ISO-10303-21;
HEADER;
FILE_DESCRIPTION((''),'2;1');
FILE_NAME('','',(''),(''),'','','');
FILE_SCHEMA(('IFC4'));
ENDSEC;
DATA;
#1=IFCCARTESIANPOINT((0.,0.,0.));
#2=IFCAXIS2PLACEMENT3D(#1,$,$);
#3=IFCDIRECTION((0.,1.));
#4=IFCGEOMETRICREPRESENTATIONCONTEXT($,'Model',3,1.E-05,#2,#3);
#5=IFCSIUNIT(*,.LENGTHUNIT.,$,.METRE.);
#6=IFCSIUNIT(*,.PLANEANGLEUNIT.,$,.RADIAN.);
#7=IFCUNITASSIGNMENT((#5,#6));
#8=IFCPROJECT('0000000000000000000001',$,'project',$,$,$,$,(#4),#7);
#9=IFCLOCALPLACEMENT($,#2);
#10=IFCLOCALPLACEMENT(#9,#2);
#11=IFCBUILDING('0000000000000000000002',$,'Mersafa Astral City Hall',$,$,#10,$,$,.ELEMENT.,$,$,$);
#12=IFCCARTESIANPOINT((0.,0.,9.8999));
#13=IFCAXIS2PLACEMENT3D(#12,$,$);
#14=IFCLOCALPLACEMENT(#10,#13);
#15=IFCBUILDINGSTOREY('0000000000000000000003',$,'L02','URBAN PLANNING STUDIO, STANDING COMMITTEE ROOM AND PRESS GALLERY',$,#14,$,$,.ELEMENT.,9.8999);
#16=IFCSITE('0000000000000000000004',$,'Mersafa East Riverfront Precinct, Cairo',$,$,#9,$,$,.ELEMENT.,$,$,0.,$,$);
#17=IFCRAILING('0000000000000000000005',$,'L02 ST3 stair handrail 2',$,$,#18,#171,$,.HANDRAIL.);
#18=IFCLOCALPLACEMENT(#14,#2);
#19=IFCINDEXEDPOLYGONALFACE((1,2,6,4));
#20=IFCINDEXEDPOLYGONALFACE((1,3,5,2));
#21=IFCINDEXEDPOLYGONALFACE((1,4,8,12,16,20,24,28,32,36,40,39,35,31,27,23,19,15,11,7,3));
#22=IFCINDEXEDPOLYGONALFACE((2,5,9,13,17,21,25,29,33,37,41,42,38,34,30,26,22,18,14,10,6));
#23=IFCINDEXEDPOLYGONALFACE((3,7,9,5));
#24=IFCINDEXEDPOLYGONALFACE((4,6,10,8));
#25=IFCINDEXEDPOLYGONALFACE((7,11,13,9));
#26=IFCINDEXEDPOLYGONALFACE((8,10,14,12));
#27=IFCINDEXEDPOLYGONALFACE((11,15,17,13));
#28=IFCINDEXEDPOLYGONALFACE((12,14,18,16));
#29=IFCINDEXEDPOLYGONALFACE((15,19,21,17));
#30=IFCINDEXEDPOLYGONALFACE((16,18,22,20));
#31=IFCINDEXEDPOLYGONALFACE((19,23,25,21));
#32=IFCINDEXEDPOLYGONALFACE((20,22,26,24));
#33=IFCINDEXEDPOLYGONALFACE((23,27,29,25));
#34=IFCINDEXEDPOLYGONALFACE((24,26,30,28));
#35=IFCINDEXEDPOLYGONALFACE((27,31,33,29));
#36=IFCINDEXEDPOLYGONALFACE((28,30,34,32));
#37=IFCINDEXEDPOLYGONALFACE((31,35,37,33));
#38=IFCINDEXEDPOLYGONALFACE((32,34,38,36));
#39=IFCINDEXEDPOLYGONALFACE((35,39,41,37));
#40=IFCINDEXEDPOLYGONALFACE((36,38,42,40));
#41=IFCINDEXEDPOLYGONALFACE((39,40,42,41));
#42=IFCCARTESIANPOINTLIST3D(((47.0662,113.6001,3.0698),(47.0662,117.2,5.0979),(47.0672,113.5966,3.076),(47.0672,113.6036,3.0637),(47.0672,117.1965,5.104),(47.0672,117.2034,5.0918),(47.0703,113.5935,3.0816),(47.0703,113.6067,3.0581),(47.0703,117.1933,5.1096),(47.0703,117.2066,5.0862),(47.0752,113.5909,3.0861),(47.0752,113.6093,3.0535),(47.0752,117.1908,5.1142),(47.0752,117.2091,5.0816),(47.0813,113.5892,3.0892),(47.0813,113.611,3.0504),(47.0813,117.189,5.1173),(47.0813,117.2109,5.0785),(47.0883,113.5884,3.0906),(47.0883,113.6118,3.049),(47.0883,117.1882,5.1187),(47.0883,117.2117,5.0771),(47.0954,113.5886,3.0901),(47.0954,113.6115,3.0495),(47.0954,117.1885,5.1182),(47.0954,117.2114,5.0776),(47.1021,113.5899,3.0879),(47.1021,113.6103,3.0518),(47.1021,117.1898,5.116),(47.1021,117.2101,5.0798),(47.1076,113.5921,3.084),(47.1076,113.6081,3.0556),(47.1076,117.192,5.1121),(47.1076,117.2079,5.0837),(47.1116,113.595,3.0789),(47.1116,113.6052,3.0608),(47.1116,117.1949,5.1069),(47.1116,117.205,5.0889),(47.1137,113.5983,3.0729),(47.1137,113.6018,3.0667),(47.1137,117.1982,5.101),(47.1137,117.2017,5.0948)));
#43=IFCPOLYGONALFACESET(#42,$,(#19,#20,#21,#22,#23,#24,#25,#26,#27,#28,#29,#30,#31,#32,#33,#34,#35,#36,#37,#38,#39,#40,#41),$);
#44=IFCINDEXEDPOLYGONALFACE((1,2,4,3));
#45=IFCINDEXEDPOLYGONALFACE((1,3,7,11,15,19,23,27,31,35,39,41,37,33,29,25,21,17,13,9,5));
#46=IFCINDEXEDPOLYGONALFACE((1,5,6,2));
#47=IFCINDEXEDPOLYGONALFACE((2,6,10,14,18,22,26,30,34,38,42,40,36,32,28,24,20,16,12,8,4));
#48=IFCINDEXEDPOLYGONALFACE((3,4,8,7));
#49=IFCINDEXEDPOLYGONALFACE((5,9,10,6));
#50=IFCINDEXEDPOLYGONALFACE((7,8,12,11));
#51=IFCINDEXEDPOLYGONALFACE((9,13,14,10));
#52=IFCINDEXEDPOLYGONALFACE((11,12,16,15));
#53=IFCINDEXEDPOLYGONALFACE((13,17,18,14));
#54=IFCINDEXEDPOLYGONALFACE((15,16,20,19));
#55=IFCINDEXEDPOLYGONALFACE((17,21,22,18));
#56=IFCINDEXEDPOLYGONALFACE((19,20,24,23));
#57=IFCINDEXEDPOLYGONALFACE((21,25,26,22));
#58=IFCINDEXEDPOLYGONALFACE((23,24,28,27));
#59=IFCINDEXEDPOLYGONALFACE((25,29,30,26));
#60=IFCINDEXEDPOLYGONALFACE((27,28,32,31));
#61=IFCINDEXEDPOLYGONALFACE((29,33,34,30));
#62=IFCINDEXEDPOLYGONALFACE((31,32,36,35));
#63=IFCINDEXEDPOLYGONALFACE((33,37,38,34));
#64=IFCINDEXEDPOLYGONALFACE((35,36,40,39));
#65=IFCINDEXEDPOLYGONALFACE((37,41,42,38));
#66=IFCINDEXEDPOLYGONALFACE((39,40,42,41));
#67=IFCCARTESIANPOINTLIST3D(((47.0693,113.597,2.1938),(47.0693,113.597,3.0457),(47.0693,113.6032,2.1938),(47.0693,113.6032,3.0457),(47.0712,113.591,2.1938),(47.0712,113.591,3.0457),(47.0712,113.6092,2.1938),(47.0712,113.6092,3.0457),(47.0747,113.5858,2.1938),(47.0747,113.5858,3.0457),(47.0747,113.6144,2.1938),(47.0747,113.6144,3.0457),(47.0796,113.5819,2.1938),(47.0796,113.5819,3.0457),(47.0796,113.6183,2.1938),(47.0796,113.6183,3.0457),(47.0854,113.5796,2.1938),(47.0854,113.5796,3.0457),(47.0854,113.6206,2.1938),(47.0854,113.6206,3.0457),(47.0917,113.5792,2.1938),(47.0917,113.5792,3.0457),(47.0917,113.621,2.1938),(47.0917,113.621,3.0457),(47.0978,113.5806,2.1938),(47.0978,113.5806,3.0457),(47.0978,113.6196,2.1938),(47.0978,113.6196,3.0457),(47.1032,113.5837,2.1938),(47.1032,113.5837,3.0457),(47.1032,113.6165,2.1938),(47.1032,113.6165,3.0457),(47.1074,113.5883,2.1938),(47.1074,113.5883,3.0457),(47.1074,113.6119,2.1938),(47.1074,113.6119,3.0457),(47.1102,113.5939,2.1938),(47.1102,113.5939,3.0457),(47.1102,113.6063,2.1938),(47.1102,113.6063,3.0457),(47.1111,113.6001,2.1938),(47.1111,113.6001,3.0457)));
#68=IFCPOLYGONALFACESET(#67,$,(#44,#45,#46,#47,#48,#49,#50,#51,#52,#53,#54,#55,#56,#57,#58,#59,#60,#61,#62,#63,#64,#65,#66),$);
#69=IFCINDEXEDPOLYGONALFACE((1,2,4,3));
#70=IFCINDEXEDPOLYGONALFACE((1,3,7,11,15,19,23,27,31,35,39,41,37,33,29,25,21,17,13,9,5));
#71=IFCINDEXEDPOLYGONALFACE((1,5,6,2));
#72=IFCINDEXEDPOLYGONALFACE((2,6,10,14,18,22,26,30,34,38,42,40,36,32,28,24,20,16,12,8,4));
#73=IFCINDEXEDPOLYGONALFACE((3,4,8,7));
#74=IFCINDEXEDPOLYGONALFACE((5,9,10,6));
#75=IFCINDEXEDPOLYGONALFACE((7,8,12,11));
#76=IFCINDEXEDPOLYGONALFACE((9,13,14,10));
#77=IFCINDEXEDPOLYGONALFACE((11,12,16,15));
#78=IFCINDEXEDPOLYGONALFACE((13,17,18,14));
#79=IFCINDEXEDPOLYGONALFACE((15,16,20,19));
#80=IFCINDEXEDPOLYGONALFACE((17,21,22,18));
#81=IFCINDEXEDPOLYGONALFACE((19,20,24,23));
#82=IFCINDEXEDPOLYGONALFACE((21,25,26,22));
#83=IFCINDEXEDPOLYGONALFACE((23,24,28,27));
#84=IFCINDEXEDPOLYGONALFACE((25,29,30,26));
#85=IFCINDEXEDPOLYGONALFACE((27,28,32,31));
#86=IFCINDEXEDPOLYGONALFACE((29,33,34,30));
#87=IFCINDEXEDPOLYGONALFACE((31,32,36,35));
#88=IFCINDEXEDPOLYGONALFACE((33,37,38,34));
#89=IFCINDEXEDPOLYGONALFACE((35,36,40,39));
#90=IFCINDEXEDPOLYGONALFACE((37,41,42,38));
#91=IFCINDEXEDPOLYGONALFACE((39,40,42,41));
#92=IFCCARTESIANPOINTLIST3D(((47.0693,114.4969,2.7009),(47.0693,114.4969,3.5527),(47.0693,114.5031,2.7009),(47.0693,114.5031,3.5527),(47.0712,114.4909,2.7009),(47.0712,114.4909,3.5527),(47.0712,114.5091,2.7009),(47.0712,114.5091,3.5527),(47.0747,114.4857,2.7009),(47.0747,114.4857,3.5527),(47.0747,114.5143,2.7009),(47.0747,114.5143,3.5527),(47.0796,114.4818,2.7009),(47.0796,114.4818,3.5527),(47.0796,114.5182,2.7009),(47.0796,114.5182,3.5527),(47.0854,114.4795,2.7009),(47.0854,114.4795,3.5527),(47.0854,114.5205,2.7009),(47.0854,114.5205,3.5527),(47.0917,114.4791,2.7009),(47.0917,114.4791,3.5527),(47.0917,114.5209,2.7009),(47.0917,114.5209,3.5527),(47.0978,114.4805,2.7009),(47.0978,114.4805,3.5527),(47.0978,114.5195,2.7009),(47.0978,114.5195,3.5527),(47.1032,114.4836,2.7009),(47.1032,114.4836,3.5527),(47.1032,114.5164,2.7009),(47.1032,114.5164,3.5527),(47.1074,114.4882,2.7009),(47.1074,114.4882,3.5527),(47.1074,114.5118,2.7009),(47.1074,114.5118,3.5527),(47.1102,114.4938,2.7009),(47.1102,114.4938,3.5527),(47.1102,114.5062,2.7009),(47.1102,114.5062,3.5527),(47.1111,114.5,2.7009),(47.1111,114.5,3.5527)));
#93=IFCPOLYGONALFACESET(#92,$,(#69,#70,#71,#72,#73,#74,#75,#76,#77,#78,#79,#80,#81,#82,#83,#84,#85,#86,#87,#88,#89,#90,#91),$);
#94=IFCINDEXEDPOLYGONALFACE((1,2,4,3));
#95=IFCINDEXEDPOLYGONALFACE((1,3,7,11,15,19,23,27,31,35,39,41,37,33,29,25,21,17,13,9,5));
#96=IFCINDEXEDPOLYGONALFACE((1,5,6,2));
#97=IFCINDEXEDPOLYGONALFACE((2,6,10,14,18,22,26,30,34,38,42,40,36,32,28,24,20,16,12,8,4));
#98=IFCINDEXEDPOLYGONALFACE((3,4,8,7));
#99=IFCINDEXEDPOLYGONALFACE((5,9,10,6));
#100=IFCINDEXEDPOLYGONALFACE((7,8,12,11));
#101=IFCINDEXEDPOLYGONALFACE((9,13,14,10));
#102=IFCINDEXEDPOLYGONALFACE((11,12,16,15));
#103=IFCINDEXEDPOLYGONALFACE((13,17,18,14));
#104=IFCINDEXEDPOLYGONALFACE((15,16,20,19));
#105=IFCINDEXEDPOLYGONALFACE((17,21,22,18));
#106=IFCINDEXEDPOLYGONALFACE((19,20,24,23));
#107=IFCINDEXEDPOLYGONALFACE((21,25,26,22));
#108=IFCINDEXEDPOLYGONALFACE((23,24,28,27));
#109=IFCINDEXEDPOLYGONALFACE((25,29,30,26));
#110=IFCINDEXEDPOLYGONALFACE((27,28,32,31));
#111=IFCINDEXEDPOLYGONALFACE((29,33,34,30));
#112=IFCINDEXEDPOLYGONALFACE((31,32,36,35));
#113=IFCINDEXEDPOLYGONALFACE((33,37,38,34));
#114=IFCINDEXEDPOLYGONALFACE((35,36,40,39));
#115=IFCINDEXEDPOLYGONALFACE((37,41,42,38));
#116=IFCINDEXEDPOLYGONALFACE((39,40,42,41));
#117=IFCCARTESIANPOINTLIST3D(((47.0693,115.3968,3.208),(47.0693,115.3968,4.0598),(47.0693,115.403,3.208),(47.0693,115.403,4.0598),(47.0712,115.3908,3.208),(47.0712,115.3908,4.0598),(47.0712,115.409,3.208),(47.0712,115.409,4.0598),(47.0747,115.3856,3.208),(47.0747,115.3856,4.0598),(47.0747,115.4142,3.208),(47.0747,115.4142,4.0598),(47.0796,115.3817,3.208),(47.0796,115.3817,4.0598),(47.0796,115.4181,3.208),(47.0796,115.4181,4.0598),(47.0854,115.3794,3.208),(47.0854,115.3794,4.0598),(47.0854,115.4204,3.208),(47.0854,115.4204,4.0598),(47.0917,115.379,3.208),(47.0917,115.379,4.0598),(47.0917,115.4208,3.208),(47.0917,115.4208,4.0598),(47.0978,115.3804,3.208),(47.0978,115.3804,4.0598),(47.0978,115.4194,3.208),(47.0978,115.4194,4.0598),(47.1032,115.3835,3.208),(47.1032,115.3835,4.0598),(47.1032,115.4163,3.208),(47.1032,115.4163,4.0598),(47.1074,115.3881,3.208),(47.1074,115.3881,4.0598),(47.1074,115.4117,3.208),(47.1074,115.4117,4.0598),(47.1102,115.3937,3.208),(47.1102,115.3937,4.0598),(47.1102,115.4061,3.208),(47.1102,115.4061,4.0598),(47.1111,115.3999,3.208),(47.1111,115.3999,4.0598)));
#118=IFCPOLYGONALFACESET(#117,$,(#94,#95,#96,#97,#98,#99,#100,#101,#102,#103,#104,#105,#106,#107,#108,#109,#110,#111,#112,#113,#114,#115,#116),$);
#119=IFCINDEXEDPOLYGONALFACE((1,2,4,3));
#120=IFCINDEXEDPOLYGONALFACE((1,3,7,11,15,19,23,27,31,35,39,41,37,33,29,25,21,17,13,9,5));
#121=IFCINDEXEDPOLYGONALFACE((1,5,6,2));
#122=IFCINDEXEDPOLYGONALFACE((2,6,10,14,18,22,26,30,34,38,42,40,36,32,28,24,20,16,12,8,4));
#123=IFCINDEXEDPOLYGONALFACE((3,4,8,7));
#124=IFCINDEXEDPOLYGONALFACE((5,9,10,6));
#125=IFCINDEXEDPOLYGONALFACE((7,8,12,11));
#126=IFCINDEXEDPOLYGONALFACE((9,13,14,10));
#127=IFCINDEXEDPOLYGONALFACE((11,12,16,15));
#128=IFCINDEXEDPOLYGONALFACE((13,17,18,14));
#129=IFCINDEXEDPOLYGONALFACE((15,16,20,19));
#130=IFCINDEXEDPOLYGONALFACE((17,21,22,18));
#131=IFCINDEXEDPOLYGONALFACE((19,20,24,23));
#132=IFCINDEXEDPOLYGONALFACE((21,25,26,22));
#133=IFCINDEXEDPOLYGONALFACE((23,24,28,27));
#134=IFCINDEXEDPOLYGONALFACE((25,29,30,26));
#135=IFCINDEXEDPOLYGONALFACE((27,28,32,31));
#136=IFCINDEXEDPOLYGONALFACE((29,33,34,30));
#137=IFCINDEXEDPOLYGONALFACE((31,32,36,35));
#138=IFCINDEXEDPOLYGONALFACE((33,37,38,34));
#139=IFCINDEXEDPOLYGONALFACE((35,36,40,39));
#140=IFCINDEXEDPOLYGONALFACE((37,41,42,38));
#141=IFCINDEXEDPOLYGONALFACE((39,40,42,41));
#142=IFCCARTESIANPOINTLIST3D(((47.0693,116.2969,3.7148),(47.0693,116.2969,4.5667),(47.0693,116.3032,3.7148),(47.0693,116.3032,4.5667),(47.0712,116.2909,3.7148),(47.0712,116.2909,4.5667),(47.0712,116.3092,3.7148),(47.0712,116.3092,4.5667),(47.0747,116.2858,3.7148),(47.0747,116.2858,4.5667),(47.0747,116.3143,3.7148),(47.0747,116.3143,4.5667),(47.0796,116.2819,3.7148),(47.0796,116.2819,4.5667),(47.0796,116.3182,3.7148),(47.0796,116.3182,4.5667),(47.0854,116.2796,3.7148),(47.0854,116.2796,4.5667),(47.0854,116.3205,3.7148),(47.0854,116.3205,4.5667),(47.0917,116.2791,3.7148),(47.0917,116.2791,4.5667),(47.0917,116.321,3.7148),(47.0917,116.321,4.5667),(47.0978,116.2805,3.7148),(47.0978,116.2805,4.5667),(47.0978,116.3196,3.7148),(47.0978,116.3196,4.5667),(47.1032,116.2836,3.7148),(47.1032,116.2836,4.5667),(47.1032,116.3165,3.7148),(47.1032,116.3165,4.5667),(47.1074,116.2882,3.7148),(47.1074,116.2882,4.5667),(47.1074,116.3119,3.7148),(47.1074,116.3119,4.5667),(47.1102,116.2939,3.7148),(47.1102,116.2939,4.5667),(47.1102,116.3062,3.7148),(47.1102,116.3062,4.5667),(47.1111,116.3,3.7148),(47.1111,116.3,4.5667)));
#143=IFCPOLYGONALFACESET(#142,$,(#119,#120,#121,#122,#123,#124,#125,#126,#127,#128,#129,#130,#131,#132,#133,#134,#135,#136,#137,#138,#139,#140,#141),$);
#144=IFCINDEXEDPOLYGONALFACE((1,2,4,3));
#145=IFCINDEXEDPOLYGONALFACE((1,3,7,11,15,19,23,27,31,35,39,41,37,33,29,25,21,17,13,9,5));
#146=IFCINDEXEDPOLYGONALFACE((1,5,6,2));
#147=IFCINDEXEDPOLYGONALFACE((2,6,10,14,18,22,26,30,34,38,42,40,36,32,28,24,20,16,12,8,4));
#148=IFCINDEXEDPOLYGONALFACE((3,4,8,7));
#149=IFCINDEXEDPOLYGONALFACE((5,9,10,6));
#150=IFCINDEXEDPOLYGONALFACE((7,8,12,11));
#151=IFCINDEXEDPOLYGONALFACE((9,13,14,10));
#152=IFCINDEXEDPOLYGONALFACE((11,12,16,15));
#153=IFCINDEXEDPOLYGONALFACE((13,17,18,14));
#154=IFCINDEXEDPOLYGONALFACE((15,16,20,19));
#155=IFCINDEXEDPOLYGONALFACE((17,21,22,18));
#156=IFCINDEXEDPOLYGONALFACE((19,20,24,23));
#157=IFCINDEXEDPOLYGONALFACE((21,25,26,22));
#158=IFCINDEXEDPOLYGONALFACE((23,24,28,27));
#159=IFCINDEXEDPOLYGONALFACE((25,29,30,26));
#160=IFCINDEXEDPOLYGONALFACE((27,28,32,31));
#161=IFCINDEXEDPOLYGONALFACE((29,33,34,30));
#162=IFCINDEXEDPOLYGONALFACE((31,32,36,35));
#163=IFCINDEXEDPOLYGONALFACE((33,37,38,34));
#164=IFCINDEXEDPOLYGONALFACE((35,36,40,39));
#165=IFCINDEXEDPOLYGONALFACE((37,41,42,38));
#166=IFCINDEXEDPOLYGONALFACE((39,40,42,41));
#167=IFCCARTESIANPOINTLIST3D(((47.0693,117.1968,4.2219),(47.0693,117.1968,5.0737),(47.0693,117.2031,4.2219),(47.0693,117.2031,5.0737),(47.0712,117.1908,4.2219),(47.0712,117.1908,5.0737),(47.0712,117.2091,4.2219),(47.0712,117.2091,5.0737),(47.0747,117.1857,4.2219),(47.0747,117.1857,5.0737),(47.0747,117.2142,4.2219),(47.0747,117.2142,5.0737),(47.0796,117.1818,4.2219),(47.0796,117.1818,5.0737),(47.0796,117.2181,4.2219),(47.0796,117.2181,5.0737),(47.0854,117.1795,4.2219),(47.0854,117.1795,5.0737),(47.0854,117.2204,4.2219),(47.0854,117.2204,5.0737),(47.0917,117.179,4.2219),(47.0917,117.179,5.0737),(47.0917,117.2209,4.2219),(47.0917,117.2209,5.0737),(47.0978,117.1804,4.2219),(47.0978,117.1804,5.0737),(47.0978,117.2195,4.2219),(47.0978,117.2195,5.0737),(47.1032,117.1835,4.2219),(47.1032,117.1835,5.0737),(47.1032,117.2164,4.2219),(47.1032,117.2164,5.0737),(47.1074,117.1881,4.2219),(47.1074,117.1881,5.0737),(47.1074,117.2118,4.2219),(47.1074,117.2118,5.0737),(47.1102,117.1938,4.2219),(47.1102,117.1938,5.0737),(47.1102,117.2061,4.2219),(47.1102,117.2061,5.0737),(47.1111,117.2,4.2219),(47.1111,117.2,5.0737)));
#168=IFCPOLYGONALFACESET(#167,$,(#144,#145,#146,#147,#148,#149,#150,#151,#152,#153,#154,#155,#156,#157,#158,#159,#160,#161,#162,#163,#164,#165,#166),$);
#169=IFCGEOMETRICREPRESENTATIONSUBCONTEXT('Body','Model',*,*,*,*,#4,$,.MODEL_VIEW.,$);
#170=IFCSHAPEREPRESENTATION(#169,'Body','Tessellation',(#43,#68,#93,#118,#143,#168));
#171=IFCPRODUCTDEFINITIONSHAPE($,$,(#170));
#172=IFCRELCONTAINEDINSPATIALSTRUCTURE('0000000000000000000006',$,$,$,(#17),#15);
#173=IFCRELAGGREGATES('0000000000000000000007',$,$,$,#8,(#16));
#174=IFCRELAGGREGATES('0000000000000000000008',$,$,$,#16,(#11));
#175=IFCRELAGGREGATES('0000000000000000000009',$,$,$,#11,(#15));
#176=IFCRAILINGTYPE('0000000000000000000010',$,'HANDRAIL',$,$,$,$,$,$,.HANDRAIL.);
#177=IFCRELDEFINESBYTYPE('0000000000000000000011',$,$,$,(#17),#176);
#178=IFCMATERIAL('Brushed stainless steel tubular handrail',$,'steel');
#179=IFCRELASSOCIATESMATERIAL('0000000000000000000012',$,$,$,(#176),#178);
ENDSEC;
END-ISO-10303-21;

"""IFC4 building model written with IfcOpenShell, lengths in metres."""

from ifc_helpers import new_model, si_unit, direction, frame, origin, origin_2d, place, context, subcontext, project, spatial, circle, extrude, material, type_object, element, save


model = new_model("IFC4")

# Units and contexts
model_context = context("Model", 3, precision=1e-05, world=origin(), true_north=direction((0.0, 1.0)))
body_context = subcontext(model_context, "Body", "Model", "MODEL_VIEW")
ifc_project = project(units=[si_unit("LENGTHUNIT", "METRE"), si_unit("PLANEANGLEUNIT", "RADIAN")], contexts=[model_context])

# Site, building, storey
site_placement = place(None, origin())
site = spatial("IfcSite", under=ifc_project, at=site_placement, Name="Mersafa East Riverfront Precinct, Cairo", CompositionType="ELEMENT", RefElevation=0.0)
building_placement = place(site_placement, origin())
building = spatial("IfcBuilding", under=site, at=building_placement, Name="Mersafa Astral City Hall", CompositionType="ELEMENT")
storey_placement = place(building_placement, frame((0.0, 0.0, 9.8999)))
storey = spatial("IfcBuildingStorey", under=building, at=storey_placement, Name="L02", Description="URBAN PLANNING STUDIO, STANDING COMMITTEE ROOM AND PRESS GALLERY", CompositionType="ELEMENT", Elevation=9.8999)

# Railing
ifc_material_1 = material(Name="Brushed stainless steel tubular handrail", Category="steel")
railing_type_1 = type_object("IfcRailingType", Name="HANDRAIL", PredefinedType="HANDRAIL", material=ifc_material_1)
railing_1_placement = place(storey_placement, frame((47.0901, 113.6001, 2.1938)))
element("IfcRailing", 1, at=railing_1_placement, inside=storey, type_object=railing_type_1, Name="L02 ST3 stair handrail 2", PredefinedType="HANDRAIL", context=body_context, shape_type="SweptSolid", body=[
    extrude(circle(Radius=0.0239, at=origin_2d()), frame((0.0, 0.0, 0.876), z_axis=(0.0, 0.871249, 0.490842), x_axis=(-1.0, 0.0, 0.0)), (0.0, 0.0, 1.0), 4.1318),
    extrude(circle(Radius=0.021, at=origin_2d()), origin(), (0.0, 0.0, 1.0), 0.8518),
    extrude(circle(Radius=0.021, at=origin_2d()), frame((0.0, 0.8999, 0.5071)), (0.0, 0.0, 1.0), 0.8518),
    extrude(circle(Radius=0.021, at=origin_2d()), frame((0.0, 1.7998, 1.0142)), (0.0, 0.0, 1.0), 0.8518),
    extrude(circle(Radius=0.021, at=origin_2d()), frame((0.0, 2.7, 1.521)), (0.0, 0.0, 1.0), 0.8518),
    extrude(circle(Radius=0.021, at=origin_2d()), frame((0.0, 3.5999, 2.0281)), (0.0, 0.0, 1.0), 0.8518),
])

save(model, "model.ifc")
